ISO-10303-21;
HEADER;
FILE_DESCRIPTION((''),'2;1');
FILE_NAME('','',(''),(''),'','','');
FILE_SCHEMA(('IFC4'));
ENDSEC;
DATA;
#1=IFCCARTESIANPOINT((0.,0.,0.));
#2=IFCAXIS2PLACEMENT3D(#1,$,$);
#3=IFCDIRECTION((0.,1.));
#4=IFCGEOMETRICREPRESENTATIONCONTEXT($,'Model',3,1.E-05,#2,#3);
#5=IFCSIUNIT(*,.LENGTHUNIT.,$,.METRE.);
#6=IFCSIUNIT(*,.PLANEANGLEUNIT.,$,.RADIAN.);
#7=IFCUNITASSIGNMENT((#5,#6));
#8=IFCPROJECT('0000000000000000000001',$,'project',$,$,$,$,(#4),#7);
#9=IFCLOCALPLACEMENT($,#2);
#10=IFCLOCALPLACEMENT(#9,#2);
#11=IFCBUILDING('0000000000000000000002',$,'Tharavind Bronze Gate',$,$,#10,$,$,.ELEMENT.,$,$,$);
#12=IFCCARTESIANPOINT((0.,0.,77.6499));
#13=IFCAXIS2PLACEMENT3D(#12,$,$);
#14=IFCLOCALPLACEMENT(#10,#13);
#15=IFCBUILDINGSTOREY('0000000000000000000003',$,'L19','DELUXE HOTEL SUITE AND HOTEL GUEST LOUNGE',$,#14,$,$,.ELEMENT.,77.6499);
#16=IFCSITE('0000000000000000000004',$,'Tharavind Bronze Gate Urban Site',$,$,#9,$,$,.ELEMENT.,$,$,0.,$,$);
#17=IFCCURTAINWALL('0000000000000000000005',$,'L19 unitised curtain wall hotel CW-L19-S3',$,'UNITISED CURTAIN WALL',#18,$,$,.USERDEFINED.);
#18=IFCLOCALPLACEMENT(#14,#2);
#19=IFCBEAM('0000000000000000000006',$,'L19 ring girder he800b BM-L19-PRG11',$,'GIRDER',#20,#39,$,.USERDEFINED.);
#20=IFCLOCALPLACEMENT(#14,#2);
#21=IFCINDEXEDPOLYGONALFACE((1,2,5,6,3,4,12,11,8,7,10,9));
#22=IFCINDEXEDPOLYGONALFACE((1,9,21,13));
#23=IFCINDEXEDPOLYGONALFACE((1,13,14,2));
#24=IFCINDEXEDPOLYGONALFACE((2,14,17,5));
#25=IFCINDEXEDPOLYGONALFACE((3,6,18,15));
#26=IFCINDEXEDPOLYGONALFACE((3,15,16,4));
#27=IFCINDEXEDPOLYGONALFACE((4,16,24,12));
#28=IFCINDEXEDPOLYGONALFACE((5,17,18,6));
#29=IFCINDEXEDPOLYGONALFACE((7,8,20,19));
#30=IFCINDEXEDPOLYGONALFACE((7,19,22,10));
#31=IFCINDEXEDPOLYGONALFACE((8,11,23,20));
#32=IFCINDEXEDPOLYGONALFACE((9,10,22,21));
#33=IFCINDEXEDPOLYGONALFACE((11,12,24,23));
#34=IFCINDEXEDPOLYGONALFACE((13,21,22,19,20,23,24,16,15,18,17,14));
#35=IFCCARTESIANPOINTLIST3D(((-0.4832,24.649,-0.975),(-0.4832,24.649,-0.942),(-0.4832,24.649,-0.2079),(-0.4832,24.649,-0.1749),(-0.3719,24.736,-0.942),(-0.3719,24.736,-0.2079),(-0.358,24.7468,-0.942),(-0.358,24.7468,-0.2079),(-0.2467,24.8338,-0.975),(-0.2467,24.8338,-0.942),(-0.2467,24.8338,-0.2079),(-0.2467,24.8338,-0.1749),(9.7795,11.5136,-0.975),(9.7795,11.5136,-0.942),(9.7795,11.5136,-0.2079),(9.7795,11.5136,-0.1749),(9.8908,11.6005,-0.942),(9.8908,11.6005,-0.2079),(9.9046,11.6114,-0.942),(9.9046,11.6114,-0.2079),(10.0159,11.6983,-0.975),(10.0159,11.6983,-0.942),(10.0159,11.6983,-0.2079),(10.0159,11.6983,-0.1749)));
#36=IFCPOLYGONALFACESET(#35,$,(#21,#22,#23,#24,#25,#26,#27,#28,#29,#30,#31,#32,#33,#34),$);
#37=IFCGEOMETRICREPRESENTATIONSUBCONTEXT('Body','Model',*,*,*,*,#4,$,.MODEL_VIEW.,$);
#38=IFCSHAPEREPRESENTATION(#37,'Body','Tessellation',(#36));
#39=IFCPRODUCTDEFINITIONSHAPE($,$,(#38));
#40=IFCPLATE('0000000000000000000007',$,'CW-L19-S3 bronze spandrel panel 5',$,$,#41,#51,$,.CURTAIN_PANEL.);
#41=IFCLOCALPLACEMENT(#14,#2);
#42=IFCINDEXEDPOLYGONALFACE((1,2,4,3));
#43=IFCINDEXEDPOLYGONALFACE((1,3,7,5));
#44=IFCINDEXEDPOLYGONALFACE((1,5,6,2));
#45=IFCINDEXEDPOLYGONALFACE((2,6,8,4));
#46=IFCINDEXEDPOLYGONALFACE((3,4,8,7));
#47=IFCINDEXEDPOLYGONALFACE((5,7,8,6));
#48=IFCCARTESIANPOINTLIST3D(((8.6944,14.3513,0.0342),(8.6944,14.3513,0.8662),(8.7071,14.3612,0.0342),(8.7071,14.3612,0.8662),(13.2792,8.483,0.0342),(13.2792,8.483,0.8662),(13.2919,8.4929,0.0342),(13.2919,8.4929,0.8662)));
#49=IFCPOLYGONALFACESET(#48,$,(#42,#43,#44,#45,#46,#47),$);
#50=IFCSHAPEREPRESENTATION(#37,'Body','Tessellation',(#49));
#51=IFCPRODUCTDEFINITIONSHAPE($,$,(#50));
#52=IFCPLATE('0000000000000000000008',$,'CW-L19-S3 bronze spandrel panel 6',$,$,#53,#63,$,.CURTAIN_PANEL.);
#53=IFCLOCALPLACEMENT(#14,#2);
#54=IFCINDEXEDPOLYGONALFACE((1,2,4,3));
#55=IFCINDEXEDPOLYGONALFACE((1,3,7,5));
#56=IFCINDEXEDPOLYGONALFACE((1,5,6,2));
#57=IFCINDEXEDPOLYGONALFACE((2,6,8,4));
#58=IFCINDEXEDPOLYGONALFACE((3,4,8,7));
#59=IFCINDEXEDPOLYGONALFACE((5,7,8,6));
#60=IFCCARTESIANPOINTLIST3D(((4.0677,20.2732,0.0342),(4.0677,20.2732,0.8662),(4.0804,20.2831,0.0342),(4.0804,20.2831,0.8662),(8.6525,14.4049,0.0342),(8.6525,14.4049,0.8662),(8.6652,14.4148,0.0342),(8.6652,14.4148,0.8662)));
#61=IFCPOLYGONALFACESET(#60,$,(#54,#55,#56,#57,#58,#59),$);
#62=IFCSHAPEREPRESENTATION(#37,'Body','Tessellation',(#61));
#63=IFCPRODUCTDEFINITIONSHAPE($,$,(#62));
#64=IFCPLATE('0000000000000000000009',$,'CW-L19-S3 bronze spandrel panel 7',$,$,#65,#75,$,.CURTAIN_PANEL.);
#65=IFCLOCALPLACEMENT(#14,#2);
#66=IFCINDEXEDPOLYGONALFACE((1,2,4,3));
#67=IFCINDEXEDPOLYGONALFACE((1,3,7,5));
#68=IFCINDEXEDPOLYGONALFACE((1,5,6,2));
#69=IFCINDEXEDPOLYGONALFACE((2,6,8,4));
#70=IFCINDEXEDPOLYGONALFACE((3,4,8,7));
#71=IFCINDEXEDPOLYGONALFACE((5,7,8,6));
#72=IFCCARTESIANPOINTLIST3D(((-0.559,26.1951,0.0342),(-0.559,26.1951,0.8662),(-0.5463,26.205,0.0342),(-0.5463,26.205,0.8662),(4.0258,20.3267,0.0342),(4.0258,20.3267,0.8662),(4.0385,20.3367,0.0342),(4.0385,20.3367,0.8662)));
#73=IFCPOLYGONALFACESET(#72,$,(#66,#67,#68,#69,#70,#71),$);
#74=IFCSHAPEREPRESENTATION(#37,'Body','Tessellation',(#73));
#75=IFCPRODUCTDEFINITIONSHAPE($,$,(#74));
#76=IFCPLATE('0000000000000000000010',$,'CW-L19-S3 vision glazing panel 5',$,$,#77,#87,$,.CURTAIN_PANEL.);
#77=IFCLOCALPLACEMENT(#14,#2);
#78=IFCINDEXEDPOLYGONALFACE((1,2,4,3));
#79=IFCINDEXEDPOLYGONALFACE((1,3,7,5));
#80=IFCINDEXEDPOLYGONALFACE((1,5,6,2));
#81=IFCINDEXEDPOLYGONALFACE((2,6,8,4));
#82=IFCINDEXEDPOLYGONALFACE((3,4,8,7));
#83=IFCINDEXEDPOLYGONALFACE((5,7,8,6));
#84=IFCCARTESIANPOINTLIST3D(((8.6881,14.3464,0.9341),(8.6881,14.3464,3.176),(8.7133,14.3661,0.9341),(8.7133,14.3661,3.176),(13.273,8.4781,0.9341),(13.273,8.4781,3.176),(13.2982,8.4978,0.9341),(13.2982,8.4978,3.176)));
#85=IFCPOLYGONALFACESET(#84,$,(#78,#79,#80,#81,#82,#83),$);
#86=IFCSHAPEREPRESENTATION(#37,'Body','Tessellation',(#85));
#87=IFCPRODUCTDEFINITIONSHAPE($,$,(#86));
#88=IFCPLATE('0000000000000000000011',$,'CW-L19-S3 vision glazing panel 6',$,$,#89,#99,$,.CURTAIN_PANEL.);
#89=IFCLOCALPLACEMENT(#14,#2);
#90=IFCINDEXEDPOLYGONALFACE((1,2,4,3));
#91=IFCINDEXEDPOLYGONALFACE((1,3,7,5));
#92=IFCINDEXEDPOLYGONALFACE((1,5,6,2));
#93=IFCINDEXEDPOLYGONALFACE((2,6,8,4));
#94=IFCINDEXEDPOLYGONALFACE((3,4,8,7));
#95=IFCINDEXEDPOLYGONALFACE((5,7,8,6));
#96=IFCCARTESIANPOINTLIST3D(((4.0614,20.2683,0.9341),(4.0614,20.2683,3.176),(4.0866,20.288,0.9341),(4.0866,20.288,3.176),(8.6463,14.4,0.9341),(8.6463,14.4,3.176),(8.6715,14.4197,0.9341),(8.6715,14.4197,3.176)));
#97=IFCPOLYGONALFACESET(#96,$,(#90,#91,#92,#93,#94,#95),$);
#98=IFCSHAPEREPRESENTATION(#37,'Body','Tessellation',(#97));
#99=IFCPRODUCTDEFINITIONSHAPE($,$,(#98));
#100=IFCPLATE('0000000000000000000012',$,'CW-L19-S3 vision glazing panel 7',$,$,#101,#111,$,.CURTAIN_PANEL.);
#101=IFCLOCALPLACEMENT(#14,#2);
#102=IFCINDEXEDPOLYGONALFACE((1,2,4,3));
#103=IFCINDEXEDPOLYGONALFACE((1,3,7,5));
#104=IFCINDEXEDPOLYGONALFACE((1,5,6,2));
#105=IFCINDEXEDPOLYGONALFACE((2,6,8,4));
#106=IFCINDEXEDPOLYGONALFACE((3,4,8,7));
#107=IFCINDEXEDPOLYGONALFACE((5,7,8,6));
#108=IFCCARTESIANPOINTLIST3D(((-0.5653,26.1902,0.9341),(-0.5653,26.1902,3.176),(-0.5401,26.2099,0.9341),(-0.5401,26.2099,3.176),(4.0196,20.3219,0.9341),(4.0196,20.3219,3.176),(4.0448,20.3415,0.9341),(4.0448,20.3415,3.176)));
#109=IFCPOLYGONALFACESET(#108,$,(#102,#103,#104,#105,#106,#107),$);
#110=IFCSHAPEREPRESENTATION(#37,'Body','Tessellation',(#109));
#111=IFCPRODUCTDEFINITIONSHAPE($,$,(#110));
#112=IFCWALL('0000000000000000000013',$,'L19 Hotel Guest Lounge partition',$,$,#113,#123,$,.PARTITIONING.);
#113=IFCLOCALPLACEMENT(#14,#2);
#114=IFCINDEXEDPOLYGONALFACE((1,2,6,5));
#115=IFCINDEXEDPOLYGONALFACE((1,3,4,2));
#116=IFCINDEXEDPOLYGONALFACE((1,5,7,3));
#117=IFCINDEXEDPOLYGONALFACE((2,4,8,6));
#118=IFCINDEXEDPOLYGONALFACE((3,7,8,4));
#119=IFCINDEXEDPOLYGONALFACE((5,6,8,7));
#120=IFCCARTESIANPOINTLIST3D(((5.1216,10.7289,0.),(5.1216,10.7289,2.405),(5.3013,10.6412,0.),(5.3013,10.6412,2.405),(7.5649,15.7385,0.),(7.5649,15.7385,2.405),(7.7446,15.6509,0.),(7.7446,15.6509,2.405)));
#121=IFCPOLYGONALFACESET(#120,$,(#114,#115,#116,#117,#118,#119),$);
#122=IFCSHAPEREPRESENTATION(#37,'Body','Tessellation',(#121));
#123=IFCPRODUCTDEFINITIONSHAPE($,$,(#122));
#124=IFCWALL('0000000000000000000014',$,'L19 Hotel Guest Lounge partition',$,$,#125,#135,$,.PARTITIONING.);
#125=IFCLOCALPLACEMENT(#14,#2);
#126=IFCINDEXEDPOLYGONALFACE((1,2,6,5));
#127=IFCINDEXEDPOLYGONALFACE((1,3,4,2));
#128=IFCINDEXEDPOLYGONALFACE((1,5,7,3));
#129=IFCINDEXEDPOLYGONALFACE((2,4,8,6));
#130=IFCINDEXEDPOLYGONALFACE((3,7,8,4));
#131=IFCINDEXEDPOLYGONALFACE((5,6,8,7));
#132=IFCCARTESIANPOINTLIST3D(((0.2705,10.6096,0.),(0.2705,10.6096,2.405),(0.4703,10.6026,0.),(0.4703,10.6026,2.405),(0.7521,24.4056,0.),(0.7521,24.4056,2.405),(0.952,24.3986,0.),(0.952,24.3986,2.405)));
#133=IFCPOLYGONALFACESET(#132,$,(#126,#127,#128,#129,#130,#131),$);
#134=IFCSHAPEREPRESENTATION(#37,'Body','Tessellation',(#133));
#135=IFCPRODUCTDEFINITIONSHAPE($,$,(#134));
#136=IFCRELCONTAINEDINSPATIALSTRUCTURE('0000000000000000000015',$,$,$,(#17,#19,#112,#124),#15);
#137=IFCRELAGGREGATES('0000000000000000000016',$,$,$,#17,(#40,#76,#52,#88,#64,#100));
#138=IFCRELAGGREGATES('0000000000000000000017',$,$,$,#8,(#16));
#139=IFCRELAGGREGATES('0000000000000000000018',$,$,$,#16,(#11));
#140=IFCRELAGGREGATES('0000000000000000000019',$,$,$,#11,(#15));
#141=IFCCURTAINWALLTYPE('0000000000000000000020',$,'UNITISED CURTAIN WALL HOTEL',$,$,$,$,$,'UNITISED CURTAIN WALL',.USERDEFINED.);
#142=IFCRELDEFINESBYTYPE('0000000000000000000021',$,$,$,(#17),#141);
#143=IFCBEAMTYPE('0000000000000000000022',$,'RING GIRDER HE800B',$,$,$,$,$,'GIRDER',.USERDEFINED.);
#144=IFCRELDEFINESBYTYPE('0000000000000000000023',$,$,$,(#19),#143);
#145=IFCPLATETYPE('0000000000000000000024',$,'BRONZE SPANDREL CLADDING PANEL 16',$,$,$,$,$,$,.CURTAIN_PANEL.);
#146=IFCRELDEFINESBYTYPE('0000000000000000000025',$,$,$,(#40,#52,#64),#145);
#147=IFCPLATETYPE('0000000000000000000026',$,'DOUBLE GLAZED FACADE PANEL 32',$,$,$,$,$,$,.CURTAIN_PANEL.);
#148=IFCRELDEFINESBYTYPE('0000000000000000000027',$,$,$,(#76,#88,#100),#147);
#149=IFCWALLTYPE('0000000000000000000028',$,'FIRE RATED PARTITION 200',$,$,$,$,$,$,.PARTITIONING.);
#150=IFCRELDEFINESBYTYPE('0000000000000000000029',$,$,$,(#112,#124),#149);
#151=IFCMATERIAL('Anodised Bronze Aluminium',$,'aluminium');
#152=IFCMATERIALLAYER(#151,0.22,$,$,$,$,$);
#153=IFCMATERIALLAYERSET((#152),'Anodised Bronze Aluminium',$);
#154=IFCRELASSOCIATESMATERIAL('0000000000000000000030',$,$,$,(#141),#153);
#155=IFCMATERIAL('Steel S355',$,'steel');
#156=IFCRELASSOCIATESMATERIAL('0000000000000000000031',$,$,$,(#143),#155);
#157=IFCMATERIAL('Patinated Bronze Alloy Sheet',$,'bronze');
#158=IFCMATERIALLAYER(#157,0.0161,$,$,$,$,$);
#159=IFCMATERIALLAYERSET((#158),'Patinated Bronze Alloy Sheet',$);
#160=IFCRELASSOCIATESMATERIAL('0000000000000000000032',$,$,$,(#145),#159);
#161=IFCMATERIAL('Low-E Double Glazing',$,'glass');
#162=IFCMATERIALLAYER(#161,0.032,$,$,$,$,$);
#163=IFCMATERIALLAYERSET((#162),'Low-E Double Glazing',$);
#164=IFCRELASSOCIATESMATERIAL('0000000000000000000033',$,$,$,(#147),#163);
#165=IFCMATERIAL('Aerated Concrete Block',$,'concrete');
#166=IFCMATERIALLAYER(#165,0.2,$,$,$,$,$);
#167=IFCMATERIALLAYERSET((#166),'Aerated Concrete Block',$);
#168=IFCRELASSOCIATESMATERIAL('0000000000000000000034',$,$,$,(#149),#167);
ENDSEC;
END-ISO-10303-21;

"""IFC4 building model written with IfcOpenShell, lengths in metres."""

from ifc_helpers import new_model, si_unit, direction, frame, frame_2d, origin, origin_2d, place, context, subcontext, project, spatial, rectangle, i_section, extrude, material, layer, layer_set, material_profile, profile_set, type_object, element, aggregate, save


model = new_model("IFC4")

# Units and contexts
model_context = context("Model", 3, precision=1e-05, world=origin(), true_north=direction((0.0, 1.0)))
body_context = subcontext(model_context, "Body", "Model", "MODEL_VIEW")
ifc_project = project(units=[si_unit("LENGTHUNIT", "METRE"), si_unit("PLANEANGLEUNIT", "RADIAN")], contexts=[model_context])

# Site, building, storey
site_placement = place(None, origin())
site = spatial("IfcSite", under=ifc_project, at=site_placement, Name="Tharavind Bronze Gate Urban Site", CompositionType="ELEMENT", RefElevation=0.0)
building_placement = place(site_placement, origin())
building = spatial("IfcBuilding", under=site, at=building_placement, Name="Tharavind Bronze Gate", CompositionType="ELEMENT")
storey_placement = place(building_placement, frame((0.0, 0.0, 77.6499)))
storey = spatial("IfcBuildingStorey", under=building, at=storey_placement, Name="L19", Description="DELUXE HOTEL SUITE AND HOTEL GUEST LOUNGE", CompositionType="ELEMENT", Elevation=77.6499)

# Curtain wall
ifc_material_1 = material(Name="Anodised Bronze Aluminium", Category="aluminium")
ifc_layer_1 = layer(ifc_material_1, 0.22)
ifc_layer_set_1 = layer_set([ifc_layer_1], Name="Anodised Bronze Aluminium")
curtain_wall_type = type_object("IfcCurtainWallType", Name="UNITISED CURTAIN WALL HOTEL", ElementType="UNITISED CURTAIN WALL", PredefinedType="USERDEFINED", material=ifc_layer_set_1)
curtain_wall_placement = place(storey_placement, origin())
curtain_wall = element("IfcCurtainWall", 1, at=curtain_wall_placement, inside=storey, type_object=curtain_wall_type, Name="L19 unitised curtain wall hotel CW-L19-S3", ObjectType="UNITISED CURTAIN WALL", PredefinedType="USERDEFINED")

# Beam
ifc_material_2 = material(Name="Steel S355", Category="steel")
ifc_material_profile_1 = material_profile(ifc_material_2, i_section(OverallWidth=0.3, OverallDepth=0.8, WebThickness=0.0176, FlangeThickness=0.033, at=origin_2d()), Name="HE800B")
ifc_profile_set_1 = profile_set([ifc_material_profile_1], Name="Steel S355")
beam_type_1 = type_object("IfcBeamType", Name="RING GIRDER HE800B", ElementType="GIRDER", PredefinedType="USERDEFINED", material=ifc_profile_set_1)
beam_1_placement = place(storey_placement, frame((9.8977, 11.606, -0.575), z_axis=(-0.615666, 0.788007, 0.0), x_axis=(-0.788007, -0.615666, 0.0)))
element("IfcBeam", 2, at=beam_1_placement, inside=storey, type_object=beam_type_1, Name="L19 ring girder he800b BM-L19-PRG11", ObjectType="GIRDER", PredefinedType="USERDEFINED", context=body_context, shape_type="SweptSolid", body=[
    extrude(i_section(OverallWidth=0.3, OverallDepth=0.8, WebThickness=0.0176, FlangeThickness=0.033, at=origin_2d()), origin(), (0.0, 0.0, 1.0), 16.6692),
])

# Plates
ifc_material_3 = material(Name="Patinated Bronze Alloy Sheet", Category="bronze")
ifc_layer_2 = layer(ifc_material_3, 0.0161)
ifc_layer_set_2 = layer_set([ifc_layer_2], Name="Patinated Bronze Alloy Sheet")
plate_type_1 = type_object("IfcPlateType", Name="BRONZE SPANDREL CLADDING PANEL 16", PredefinedType="CURTAIN_PANEL", material=ifc_layer_set_2)
plate_1_placement = place(storey_placement, frame((10.9932, 11.4221, 0.0342), z_axis=(0.0, 0.0, 1.0), x_axis=(-0.615661, 0.788011, 0.0)))
plate_1 = element("IfcPlate", 3, at=plate_1_placement, type_object=plate_type_1, Name="CW-L19-S3 bronze spandrel panel 5", PredefinedType="CURTAIN_PANEL", context=body_context, shape_type="SweptSolid", body=[
    extrude(rectangle(XDim=7.447, YDim=0.0161, at=origin_2d()), origin(), (0.0, 0.0, 1.0), 0.832),
])
plate_2_placement = place(storey_placement, frame((6.3665, 17.344, 0.0342), z_axis=(0.0, 0.0, 1.0), x_axis=(-0.615661, 0.788011, 0.0)))
plate_2 = element("IfcPlate", 4, at=plate_2_placement, type_object=plate_type_1, Name="CW-L19-S3 bronze spandrel panel 6", PredefinedType="CURTAIN_PANEL", context=body_context, shape_type="SweptSolid", body=[
    extrude(rectangle(XDim=7.447, YDim=0.0161, at=origin_2d()), origin(), (0.0, 0.0, 1.0), 0.832),
])
plate_3_placement = place(storey_placement, frame((1.7397, 23.2659, 0.0342), z_axis=(0.0, 0.0, 1.0), x_axis=(-0.615661, 0.788011, 0.0)))
plate_3 = element("IfcPlate", 5, at=plate_3_placement, type_object=plate_type_1, Name="CW-L19-S3 bronze spandrel panel 7", PredefinedType="CURTAIN_PANEL", context=body_context, shape_type="SweptSolid", body=[
    extrude(rectangle(XDim=7.447, YDim=0.0161, at=origin_2d()), origin(), (0.0, 0.0, 1.0), 0.832),
])
ifc_material_4 = material(Name="Low-E Double Glazing", Category="glass")
ifc_layer_3 = layer(ifc_material_4, 0.032)
ifc_layer_set_3 = layer_set([ifc_layer_3], Name="Low-E Double Glazing")
plate_type_2 = type_object("IfcPlateType", Name="DOUBLE GLAZED FACADE PANEL 32", PredefinedType="CURTAIN_PANEL", material=ifc_layer_set_3)
plate_4_placement = place(storey_placement, frame((10.9932, 11.4221, 0.9341), z_axis=(0.0, 0.0, 1.0), x_axis=(-0.615661, 0.788011, 0.0)))
plate_4 = element("IfcPlate", 6, at=plate_4_placement, type_object=plate_type_2, Name="CW-L19-S3 vision glazing panel 5", PredefinedType="CURTAIN_PANEL", context=body_context, shape_type="SweptSolid", body=[
    extrude(rectangle(XDim=7.447, YDim=0.032, at=origin_2d()), origin(), (0.0, 0.0, 1.0), 2.2419),
])
plate_5_placement = place(storey_placement, frame((6.3665, 17.344, 0.9341), z_axis=(0.0, 0.0, 1.0), x_axis=(-0.615661, 0.788011, 0.0)))
plate_5 = element("IfcPlate", 7, at=plate_5_placement, type_object=plate_type_2, Name="CW-L19-S3 vision glazing panel 6", PredefinedType="CURTAIN_PANEL", context=body_context, shape_type="SweptSolid", body=[
    extrude(rectangle(XDim=7.447, YDim=0.032, at=origin_2d()), origin(), (0.0, 0.0, 1.0), 2.2419),
])
plate_6_placement = place(storey_placement, frame((1.7397, 23.2659, 0.9341), z_axis=(0.0, 0.0, 1.0), x_axis=(-0.615661, 0.788011, 0.0)))
plate_6 = element("IfcPlate", 8, at=plate_6_placement, type_object=plate_type_2, Name="CW-L19-S3 vision glazing panel 7", PredefinedType="CURTAIN_PANEL", context=body_context, shape_type="SweptSolid", body=[
    extrude(rectangle(XDim=7.447, YDim=0.032, at=origin_2d()), origin(), (0.0, 0.0, 1.0), 2.2419),
])
aggregate(curtain_wall, [plate_1, plate_4, plate_2, plate_5, plate_3, plate_6])

# Shared definitions
ifc_material_5 = material(Name="Aerated Concrete Block", Category="concrete")
ifc_layer_4 = layer(ifc_material_5, 0.2)
ifc_layer_set_4 = layer_set([ifc_layer_4], Name="Aerated Concrete Block")
wall_type = type_object("IfcWallType", Name="FIRE RATED PARTITION 200", PredefinedType="PARTITIONING", material=ifc_layer_set_4)

# Wall
wall_1_placement = place(storey_placement, frame((5.2114, 10.6851, 0.0), z_axis=(0.0, 0.0, 1.0), x_axis=(0.438361, 0.898799, 0.0)))
element("IfcWall", 9, at=wall_1_placement, inside=storey, type_object=wall_type, Name="L19 Hotel Guest Lounge partition", PredefinedType="PARTITIONING", context=body_context, shape_type="SweptSolid", body=[
    extrude(rectangle(XDim=5.5737, YDim=0.2, at=frame_2d((2.7869, 0.0))), origin(), (0.0, 0.0, 1.0), 2.405),
])

# Wall
wall_2_placement = place(storey_placement, frame((0.3704, 10.606, 0.0), z_axis=(0.0, 0.0, 1.0), x_axis=(0.034894, 0.999391, 0.0)))
element("IfcWall", 10, at=wall_2_placement, inside=storey, type_object=wall_type, Name="L19 Hotel Guest Lounge partition", PredefinedType="PARTITIONING", context=body_context, shape_type="SweptSolid", body=[
    extrude(rectangle(XDim=13.8044, YDim=0.2, at=frame_2d((6.9023, 0.0))), origin(), (0.0, 0.0, 1.0), 2.405),
])

save(model, "model.ifc")
